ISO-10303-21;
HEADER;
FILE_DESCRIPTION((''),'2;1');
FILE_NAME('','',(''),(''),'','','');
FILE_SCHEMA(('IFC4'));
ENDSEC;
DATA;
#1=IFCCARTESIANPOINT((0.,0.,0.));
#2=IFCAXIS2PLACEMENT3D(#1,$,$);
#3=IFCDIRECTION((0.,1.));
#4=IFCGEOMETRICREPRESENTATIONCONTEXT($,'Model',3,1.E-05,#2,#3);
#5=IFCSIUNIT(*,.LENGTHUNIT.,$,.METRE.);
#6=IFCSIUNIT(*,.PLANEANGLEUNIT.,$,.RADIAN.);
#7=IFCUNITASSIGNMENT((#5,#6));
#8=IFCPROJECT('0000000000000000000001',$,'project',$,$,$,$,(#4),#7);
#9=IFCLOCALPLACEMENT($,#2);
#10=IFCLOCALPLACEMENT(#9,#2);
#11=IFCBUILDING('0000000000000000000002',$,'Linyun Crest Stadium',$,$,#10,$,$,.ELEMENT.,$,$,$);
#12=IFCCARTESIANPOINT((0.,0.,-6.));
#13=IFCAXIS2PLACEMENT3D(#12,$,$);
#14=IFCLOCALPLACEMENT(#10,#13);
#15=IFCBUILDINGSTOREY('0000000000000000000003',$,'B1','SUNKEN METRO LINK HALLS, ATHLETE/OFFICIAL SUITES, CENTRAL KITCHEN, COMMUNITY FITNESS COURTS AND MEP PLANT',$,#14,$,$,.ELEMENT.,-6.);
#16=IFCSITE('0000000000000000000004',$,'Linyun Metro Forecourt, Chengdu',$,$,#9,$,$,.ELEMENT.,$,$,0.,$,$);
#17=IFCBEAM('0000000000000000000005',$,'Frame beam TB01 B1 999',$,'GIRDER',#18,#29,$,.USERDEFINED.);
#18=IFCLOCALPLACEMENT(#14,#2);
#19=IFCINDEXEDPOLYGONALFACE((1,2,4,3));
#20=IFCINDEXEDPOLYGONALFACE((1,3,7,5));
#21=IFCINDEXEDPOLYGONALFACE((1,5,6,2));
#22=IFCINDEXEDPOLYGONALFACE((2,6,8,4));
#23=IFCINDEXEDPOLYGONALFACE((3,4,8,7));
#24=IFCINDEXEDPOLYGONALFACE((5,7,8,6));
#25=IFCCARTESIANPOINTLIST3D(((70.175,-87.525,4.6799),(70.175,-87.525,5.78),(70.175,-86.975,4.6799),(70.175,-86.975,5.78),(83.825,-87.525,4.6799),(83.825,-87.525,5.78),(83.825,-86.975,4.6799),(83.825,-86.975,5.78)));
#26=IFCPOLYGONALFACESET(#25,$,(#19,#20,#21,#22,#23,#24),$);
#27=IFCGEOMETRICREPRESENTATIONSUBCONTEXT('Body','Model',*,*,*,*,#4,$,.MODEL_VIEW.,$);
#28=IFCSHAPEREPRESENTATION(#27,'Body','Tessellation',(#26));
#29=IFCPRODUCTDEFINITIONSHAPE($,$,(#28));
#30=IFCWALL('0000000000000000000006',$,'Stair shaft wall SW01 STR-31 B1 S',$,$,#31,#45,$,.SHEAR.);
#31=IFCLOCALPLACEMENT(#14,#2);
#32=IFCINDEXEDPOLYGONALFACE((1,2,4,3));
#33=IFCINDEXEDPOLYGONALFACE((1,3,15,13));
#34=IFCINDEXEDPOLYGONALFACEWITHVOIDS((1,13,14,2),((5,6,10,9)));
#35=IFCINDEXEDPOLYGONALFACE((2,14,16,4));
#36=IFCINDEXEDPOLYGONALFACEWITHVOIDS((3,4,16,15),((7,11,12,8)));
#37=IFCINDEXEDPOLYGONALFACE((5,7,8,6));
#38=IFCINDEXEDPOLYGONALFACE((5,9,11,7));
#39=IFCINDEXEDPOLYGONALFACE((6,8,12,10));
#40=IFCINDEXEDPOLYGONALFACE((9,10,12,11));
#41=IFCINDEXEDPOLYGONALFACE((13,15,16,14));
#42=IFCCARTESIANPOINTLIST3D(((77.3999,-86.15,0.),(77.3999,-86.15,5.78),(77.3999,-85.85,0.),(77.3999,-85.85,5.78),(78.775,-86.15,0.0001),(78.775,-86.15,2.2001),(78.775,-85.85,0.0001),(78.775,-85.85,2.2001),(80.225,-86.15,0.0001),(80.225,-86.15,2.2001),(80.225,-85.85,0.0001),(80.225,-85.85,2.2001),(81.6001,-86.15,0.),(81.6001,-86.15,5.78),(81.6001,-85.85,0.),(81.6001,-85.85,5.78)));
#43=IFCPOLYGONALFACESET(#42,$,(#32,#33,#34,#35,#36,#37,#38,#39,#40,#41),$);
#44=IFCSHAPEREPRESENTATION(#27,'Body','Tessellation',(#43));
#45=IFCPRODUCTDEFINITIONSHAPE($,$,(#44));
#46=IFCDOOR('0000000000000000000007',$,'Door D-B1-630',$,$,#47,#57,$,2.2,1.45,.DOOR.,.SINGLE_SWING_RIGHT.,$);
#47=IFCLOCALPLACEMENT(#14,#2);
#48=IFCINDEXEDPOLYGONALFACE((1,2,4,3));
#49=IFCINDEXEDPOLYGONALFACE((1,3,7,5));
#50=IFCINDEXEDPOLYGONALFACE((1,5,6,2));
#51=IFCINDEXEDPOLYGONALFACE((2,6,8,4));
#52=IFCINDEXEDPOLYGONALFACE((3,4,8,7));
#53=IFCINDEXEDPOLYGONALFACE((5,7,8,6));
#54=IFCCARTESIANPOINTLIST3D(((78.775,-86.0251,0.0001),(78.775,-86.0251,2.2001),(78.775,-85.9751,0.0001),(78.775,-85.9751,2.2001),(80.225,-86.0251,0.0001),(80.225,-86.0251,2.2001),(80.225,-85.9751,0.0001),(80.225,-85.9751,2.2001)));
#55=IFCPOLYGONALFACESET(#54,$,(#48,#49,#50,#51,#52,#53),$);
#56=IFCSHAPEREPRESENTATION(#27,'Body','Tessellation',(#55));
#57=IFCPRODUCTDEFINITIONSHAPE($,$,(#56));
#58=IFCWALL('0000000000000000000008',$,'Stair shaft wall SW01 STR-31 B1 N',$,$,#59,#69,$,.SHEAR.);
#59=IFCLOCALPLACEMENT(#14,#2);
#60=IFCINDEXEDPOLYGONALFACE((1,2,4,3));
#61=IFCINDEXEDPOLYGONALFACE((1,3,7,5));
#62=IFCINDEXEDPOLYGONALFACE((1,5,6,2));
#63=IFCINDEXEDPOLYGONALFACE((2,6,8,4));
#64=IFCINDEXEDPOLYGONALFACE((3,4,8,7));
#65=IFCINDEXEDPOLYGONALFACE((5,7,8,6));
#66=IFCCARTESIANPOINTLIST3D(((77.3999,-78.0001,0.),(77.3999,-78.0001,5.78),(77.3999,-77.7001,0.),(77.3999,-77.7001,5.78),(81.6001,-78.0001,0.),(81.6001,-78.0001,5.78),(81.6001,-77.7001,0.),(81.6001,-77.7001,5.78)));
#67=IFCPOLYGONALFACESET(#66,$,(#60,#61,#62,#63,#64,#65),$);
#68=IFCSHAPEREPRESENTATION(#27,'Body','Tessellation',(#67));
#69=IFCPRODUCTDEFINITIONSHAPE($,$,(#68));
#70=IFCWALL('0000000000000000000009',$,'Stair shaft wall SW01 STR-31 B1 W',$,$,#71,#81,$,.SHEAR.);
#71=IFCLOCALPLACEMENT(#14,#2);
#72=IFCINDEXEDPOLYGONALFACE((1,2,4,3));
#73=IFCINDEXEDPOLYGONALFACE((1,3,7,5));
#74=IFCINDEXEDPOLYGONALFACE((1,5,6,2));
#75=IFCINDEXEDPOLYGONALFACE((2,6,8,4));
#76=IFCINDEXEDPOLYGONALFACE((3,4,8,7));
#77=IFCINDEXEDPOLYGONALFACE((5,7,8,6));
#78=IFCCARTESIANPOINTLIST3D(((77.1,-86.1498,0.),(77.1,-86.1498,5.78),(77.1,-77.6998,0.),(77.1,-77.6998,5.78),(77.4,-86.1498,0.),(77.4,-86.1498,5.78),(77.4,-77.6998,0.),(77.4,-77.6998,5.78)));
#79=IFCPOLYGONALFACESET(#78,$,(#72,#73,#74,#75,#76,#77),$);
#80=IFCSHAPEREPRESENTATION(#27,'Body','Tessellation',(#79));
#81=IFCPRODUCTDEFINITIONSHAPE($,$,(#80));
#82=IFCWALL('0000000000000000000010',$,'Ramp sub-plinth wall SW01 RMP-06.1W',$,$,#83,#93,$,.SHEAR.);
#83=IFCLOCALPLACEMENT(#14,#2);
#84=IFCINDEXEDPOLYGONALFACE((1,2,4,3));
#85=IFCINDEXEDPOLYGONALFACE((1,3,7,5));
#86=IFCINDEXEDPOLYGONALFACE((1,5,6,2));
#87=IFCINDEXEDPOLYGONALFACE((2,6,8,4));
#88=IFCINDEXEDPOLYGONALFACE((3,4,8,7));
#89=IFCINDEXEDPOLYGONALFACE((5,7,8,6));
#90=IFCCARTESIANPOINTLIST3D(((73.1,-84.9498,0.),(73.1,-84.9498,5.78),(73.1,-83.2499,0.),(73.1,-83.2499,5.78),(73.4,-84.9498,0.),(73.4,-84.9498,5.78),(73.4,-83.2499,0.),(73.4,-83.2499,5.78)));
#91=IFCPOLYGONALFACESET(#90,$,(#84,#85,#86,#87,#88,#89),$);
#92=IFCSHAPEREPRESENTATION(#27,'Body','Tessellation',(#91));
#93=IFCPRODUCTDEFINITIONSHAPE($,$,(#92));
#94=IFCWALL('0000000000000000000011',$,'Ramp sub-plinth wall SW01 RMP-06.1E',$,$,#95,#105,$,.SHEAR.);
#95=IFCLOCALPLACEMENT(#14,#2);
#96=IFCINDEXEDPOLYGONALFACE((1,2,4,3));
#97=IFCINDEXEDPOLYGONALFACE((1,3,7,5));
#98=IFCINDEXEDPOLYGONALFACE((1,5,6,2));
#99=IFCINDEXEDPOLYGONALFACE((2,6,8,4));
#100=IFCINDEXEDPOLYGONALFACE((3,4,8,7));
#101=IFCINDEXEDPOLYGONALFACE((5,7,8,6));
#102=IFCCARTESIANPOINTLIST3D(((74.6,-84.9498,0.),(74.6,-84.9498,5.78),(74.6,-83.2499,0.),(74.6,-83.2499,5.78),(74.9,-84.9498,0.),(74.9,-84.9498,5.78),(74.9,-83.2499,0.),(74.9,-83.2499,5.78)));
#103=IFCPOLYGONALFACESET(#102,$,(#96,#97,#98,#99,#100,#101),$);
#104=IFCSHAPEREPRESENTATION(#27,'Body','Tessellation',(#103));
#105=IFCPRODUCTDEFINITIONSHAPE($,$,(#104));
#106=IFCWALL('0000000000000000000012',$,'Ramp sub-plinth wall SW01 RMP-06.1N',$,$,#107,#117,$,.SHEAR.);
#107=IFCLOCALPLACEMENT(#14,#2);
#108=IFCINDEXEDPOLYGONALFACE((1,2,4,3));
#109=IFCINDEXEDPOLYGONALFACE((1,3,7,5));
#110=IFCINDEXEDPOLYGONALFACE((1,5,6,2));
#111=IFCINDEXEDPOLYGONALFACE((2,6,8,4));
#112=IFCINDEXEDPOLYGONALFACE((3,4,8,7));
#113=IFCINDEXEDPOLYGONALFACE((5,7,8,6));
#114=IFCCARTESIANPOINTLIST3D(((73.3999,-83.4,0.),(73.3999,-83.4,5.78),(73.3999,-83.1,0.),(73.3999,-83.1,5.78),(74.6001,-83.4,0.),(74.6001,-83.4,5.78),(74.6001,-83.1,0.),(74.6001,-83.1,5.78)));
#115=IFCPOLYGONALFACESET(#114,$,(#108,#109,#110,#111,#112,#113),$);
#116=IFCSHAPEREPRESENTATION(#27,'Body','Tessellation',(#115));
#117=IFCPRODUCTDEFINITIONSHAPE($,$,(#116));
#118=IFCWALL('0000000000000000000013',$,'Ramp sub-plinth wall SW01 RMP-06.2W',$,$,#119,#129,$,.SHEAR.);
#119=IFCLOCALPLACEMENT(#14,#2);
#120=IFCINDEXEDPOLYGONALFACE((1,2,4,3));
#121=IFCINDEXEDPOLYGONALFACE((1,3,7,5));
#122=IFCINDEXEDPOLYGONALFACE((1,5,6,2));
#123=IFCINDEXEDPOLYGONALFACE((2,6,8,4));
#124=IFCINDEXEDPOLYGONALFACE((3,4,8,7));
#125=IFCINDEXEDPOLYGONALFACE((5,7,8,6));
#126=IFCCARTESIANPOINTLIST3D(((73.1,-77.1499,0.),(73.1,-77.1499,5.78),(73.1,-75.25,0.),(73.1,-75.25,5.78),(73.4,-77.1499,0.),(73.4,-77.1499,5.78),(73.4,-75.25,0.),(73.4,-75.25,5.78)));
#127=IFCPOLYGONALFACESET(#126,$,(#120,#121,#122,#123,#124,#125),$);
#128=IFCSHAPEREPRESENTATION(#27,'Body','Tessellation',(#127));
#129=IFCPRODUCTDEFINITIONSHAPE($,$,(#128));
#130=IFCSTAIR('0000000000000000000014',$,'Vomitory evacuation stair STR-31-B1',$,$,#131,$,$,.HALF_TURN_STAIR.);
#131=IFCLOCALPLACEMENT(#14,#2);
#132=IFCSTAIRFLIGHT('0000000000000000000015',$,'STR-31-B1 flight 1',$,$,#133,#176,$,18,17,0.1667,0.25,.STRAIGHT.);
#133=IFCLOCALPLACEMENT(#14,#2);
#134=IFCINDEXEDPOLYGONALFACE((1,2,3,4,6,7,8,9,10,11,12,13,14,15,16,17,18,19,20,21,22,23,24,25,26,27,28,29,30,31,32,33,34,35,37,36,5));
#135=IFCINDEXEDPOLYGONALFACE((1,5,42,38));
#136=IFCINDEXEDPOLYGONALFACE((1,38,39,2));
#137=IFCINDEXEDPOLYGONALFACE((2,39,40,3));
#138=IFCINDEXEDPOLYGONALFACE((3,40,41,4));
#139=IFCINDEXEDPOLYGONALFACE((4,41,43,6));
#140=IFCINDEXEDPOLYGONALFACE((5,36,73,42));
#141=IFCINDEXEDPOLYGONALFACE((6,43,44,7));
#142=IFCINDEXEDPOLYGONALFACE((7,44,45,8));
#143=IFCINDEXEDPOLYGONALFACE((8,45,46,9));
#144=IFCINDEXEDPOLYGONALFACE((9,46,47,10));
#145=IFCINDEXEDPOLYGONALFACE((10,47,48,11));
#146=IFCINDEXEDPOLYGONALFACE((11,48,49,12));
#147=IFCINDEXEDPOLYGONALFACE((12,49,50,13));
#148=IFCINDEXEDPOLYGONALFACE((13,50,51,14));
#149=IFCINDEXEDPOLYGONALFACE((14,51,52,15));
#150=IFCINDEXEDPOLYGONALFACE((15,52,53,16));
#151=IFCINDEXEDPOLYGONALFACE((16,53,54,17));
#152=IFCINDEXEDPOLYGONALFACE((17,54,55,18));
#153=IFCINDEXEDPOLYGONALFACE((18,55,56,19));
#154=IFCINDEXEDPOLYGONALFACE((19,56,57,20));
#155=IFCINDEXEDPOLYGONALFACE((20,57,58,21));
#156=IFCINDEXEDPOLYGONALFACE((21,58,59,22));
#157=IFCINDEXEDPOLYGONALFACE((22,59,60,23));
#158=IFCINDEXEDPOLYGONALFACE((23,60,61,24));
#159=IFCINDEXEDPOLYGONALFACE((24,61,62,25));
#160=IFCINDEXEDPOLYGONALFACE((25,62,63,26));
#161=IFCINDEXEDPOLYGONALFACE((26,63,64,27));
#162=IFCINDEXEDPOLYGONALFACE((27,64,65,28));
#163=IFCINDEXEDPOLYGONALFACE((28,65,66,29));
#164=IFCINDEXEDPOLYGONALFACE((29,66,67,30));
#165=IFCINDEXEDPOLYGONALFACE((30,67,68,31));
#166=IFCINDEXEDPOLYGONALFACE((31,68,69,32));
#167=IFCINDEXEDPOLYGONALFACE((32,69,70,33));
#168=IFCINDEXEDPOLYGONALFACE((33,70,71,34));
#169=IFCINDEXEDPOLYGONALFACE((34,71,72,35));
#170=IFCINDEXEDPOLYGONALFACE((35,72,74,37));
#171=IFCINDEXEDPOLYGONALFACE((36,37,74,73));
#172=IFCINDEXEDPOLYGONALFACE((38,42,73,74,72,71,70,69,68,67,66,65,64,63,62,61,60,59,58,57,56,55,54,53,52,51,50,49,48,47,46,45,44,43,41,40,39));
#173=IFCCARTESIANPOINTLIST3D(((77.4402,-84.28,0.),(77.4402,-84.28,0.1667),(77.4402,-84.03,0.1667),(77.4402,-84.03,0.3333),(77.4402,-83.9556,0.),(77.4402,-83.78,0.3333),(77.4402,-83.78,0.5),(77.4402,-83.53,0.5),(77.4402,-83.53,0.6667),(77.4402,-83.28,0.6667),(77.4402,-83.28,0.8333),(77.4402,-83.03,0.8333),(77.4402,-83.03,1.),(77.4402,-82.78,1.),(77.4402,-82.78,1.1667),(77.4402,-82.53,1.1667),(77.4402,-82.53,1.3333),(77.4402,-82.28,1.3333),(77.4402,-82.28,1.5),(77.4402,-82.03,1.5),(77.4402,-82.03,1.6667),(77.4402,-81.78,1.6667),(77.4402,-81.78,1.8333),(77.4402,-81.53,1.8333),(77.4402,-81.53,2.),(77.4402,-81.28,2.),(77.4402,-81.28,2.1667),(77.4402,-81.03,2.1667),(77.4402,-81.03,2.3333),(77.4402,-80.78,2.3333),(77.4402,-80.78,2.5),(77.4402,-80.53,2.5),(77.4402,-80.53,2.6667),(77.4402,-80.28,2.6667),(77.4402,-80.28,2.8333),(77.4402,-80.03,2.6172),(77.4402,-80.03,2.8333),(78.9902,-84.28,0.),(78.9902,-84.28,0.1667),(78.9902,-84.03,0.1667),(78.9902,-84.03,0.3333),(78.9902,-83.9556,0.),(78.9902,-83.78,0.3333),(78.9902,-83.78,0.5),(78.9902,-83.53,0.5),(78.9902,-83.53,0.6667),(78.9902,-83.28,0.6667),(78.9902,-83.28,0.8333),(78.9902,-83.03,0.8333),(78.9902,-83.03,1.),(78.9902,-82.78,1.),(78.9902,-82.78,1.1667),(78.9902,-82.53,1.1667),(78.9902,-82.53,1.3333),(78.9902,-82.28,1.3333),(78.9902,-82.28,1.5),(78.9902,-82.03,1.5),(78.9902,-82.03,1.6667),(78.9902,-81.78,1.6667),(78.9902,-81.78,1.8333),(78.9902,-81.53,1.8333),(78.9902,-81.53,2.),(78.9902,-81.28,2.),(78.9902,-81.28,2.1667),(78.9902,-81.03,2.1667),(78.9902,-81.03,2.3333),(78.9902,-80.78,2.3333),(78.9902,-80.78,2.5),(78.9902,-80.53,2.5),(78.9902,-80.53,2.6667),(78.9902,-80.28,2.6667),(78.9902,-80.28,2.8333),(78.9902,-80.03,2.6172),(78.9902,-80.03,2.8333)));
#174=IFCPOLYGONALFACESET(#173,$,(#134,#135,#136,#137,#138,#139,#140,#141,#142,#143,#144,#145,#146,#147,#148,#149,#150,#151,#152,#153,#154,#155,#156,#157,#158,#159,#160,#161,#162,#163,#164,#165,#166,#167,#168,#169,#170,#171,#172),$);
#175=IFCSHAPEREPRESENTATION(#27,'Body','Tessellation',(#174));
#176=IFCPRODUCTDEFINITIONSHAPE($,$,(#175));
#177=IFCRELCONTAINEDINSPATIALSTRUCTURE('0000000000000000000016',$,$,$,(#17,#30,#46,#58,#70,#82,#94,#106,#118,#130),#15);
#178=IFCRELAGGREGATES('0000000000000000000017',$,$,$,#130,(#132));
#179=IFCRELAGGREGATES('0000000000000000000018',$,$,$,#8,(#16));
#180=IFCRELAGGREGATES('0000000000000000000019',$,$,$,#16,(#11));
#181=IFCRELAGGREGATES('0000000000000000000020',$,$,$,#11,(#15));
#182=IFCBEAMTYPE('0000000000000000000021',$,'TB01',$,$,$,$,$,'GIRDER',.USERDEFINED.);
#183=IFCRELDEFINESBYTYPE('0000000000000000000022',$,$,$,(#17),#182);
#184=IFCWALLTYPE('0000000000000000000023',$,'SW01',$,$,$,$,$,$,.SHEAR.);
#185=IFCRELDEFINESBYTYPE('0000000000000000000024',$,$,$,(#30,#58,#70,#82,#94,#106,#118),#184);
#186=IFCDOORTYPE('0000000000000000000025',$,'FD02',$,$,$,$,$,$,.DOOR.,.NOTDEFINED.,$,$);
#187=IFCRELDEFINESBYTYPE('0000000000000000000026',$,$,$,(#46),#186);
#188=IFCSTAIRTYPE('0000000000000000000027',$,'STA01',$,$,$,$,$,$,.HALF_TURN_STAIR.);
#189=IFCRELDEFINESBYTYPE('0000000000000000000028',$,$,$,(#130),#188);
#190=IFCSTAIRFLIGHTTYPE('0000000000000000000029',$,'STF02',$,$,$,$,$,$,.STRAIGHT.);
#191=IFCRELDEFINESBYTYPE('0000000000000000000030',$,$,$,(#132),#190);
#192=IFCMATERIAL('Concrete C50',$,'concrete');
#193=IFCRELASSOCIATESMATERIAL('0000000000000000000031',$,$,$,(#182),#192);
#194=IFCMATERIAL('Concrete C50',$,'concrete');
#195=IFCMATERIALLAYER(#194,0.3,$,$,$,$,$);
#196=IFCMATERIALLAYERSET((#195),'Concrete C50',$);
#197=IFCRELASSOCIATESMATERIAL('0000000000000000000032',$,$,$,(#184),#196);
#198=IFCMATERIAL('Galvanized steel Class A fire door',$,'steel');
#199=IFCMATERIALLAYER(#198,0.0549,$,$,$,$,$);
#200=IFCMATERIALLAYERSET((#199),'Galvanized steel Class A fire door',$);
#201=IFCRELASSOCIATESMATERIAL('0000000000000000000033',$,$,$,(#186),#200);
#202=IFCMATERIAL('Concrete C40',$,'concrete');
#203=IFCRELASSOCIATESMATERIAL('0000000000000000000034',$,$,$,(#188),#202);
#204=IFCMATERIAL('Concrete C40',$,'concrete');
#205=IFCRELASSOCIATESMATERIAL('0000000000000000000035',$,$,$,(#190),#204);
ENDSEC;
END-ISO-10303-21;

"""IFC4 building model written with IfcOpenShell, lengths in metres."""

from ifc_helpers import new_model, si_unit, direction, frame, frame_2d, origin, origin_2d, place, context, subcontext, project, spatial, polyline, rectangle, outline, extrude, material, layer, layer_set, material_profile, profile_set, type_object, element, fill, aggregate, save


model = new_model("IFC4")

# Units and contexts
model_context = context("Model", 3, precision=1e-05, world=origin(), true_north=direction((0.0, 1.0)))
body_context = subcontext(model_context, "Body", "Model", "MODEL_VIEW")
ifc_project = project(units=[si_unit("LENGTHUNIT", "METRE"), si_unit("PLANEANGLEUNIT", "RADIAN")], contexts=[model_context])

# Site, building, storey
site_placement = place(None, origin())
site = spatial("IfcSite", under=ifc_project, at=site_placement, Name="Linyun Metro Forecourt, Chengdu", CompositionType="ELEMENT", RefElevation=0.0)
building_placement = place(site_placement, origin())
building = spatial("IfcBuilding", under=site, at=building_placement, Name="Linyun Crest Stadium", CompositionType="ELEMENT")
storey_placement = place(building_placement, frame((0.0, 0.0, -6.0)))
storey = spatial("IfcBuildingStorey", under=building, at=storey_placement, Name="B1", Description="SUNKEN METRO LINK HALLS, ATHLETE/OFFICIAL SUITES, CENTRAL KITCHEN, COMMUNITY FITNESS COURTS AND MEP PLANT", CompositionType="ELEMENT", Elevation=-6.0)

# Beam
ifc_material_1 = material(Name="Concrete C50", Category="concrete")
ifc_material_profile_1 = material_profile(ifc_material_1, rectangle(XDim=0.55, YDim=1.1001, at=origin_2d()), Name="RCB 1100x550")
ifc_profile_set_1 = profile_set([ifc_material_profile_1], Name="Concrete C50")
beam_type_1 = type_object("IfcBeamType", Name="TB01", ElementType="GIRDER", PredefinedType="USERDEFINED", material=ifc_profile_set_1)
beam_1_placement = place(storey_placement, frame((70.175, -87.25, 5.23), z_axis=(1.0, 0.0, 0.0), x_axis=(0.0, 1.0, 0.0)))
element("IfcBeam", 1, at=beam_1_placement, inside=storey, type_object=beam_type_1, Name="Frame beam TB01 B1 999", ObjectType="GIRDER", PredefinedType="USERDEFINED", context=body_context, shape_type="SweptSolid", body=[
    extrude(rectangle(XDim=0.55, YDim=1.1001, at=origin_2d()), origin(), (0.0, 0.0, 1.0), 13.6499),
])

# Wall, opening, door
ifc_material_2 = material(Name="Concrete C50", Category="concrete")
ifc_layer_1 = layer(ifc_material_2, 0.3)
ifc_layer_set_1 = layer_set([ifc_layer_1], Name="Concrete C50")
wall_type = type_object("IfcWallType", Name="SW01", PredefinedType="SHEAR", material=ifc_layer_set_1)
wall_1_placement = place(storey_placement, frame((77.3999, -86.0, 0.0), z_axis=(0.0, 0.0, 1.0), x_axis=(1.0, 0.0, 0.0)))
wall_1 = element("IfcWall", 2, at=wall_1_placement, inside=storey, type_object=wall_type, Name="Stair shaft wall SW01 STR-31 B1 S", PredefinedType="SHEAR", context=body_context, shape_type="SweptSolid", body=[
    extrude(rectangle(XDim=4.2002, YDim=0.3, at=frame_2d((2.1001, 0.0))), origin(), (0.0, 0.0, 1.0), 5.78),
])
opening_placement = place(wall_1_placement, frame((1.375, 0.0, 0.0)))
opening = element("IfcOpeningElement", 3, at=opening_placement, cuts=wall_1, PredefinedType="OPENING", context=body_context, shape_type="SweptSolid", body=[
    extrude(rectangle(XDim=1.45, YDim=2.2, at=frame_2d((0.7251, 1.1001))), frame((0.0, 0.1599, 0.0), z_axis=(0.0, -1.0, 0.0), x_axis=(1.0, 0.0, 0.0)), (0.0, 0.0, 1.0), 0.3201),
])
ifc_material_3 = material(Name="Galvanized steel Class A fire door", Category="steel")
ifc_layer_2 = layer(ifc_material_3, 0.0549)
ifc_layer_set_2 = layer_set([ifc_layer_2], Name="Galvanized steel Class A fire door")
door_type = type_object("IfcDoorType", Name="FD02", OperationType="NOTDEFINED", PredefinedType="DOOR", material=ifc_layer_set_2)
door_placement = place(opening_placement, origin())
door = element("IfcDoor", 4, at=door_placement, inside=storey, type_object=door_type, Name="Door D-B1-630", OperationType="SINGLE_SWING_RIGHT", OverallHeight=2.2, OverallWidth=1.45, PredefinedType="DOOR", context=body_context, shape_type="SweptSolid", body=[
    extrude(rectangle(XDim=1.45, YDim=2.2, at=frame_2d((0.7251, 1.1001))), frame((0.0, 0.0249, 0.0), z_axis=(0.0, -1.0, 0.0), x_axis=(1.0, 0.0, 0.0)), (0.0, 0.0, 1.0), 0.05),
])
fill(opening, door)

# Walls
wall_2_placement = place(storey_placement, frame((77.3999, -77.8501, 0.0), z_axis=(0.0, 0.0, 1.0), x_axis=(1.0, 0.0, 0.0)))
element("IfcWall", 5, at=wall_2_placement, inside=storey, type_object=wall_type, Name="Stair shaft wall SW01 STR-31 B1 N", PredefinedType="SHEAR", context=body_context, shape_type="SweptSolid", body=[
    extrude(rectangle(XDim=4.2002, YDim=0.3, at=frame_2d((2.1001, 0.0))), origin(), (0.0, 0.0, 1.0), 5.78),
])
wall_3_placement = place(storey_placement, frame((77.25, -86.1499, 0.0), z_axis=(0.0, 0.0, 1.0), x_axis=(0.0, 1.0, 0.0)))
element("IfcWall", 6, at=wall_3_placement, inside=storey, type_object=wall_type, Name="Stair shaft wall SW01 STR-31 B1 W", PredefinedType="SHEAR", context=body_context, shape_type="SweptSolid", body=[
    extrude(rectangle(XDim=8.45, YDim=0.3, at=frame_2d((4.2251, 0.0))), origin(), (0.0, 0.0, 1.0), 5.78),
])
for number, where, z_axis, x_axis, name in (
    (7, (73.25, -84.95, 0.0), (0.0, 0.0, 1.0), (0.0, 1.0, 0.0), "Ramp sub-plinth wall SW01 RMP-06.1W"),
    (8, (74.75, -84.95, 0.0), (0.0, 0.0, 1.0), (0.0, 1.0, 0.0), "Ramp sub-plinth wall SW01 RMP-06.1E"),
):
    element("IfcWall", number, at=place(storey_placement, frame(where, z_axis=z_axis, x_axis=x_axis)), inside=storey, type_object=wall_type, Name=name, PredefinedType="SHEAR", context=body_context, shape_type="SweptSolid", body=[
        extrude(rectangle(XDim=1.7, YDim=0.3, at=frame_2d((0.8501, 0.0))), origin(), (0.0, 0.0, 1.0), 5.78),
    ])
wall_4_placement = place(storey_placement, frame((73.3999, -83.25, 0.0), z_axis=(0.0, 0.0, 1.0), x_axis=(1.0, 0.0, 0.0)))
element("IfcWall", 9, at=wall_4_placement, inside=storey, type_object=wall_type, Name="Ramp sub-plinth wall SW01 RMP-06.1N", PredefinedType="SHEAR", context=body_context, shape_type="SweptSolid", body=[
    extrude(rectangle(XDim=1.2002, YDim=0.3, at=frame_2d((0.6001, 0.0))), origin(), (0.0, 0.0, 1.0), 5.78),
])
wall_5_placement = place(storey_placement, frame((73.25, -77.1499, 0.0), z_axis=(0.0, 0.0, 1.0), x_axis=(0.0, 1.0, 0.0)))
element("IfcWall", 10, at=wall_5_placement, inside=storey, type_object=wall_type, Name="Ramp sub-plinth wall SW01 RMP-06.2W", PredefinedType="SHEAR", context=body_context, shape_type="SweptSolid", body=[
    extrude(rectangle(XDim=1.8999, YDim=0.3, at=frame_2d((0.95, 0.0))), origin(), (0.0, 0.0, 1.0), 5.78),
])

# Stair, stair flight
ifc_material_4 = material(Name="Concrete C40", Category="concrete")
stair_type = type_object("IfcStairType", Name="STA01", PredefinedType="HALF_TURN_STAIR", material=ifc_material_4)
stair_placement = place(storey_placement, origin())
stair = element("IfcStair", 11, at=stair_placement, inside=storey, type_object=stair_type, Name="Vomitory evacuation stair STR-31-B1", PredefinedType="HALF_TURN_STAIR")
ifc_material_5 = material(Name="Concrete C40", Category="concrete")
stair_flight_type = type_object("IfcStairFlightType", Name="STF02", PredefinedType="STRAIGHT", material=ifc_material_5)
stair_flight_1_placement = place(storey_placement, frame((78.2151, -84.28, 0.0), z_axis=(0.0, 0.0, 1.0), x_axis=(0.0, 1.0, 0.0)))
stair_flight_1 = element("IfcStairFlight", 12, at=stair_flight_1_placement, type_object=stair_flight_type, Name="STR-31-B1 flight 1", NumberOfRisers=18, NumberOfTreads=17, PredefinedType="STRAIGHT", RiserHeight=0.1667, TreadLength=0.25, context=body_context, shape_type="SweptSolid", body=[
    extrude(outline(polyline([(0.0, 0.0), (0.0, 0.1667), (0.25, 0.1667), (0.25, 0.3333), (0.5, 0.3333), (0.5, 0.5), (0.75, 0.5), (0.75, 0.6667), (1.0, 0.6667), (1.0, 0.8333), (1.25, 0.8333), (1.25, 1.0), (1.5, 1.0), (1.5, 1.1667), (1.75, 1.1667), (1.75, 1.3333), (2.0, 1.3333), (2.0, 1.5), (2.25, 1.5), (2.25, 1.6667), (2.5, 1.6667), (2.5, 1.8333), (2.75, 1.8333), (2.75, 2.0), (3.0, 2.0), (3.0, 2.1667), (3.25, 2.1667), (3.25, 2.3333), (3.5, 2.3333), (3.5, 2.5), (3.75, 2.5), (3.75, 2.6667), (4.0, 2.6667), (4.0, 2.8333), (4.25, 2.8333), (4.25, 3.0), (4.25, 2.6172), (0.3245, 0.0), (0.0, 0.0)])), frame((0.0, 0.7749, 0.0), z_axis=(0.0, -1.0, 0.0), x_axis=(1.0, 0.0, 0.0)), (0.0, 0.0, 1.0), 1.55),
])
aggregate(stair, [stair_flight_1])

save(model, "model.ifc")
